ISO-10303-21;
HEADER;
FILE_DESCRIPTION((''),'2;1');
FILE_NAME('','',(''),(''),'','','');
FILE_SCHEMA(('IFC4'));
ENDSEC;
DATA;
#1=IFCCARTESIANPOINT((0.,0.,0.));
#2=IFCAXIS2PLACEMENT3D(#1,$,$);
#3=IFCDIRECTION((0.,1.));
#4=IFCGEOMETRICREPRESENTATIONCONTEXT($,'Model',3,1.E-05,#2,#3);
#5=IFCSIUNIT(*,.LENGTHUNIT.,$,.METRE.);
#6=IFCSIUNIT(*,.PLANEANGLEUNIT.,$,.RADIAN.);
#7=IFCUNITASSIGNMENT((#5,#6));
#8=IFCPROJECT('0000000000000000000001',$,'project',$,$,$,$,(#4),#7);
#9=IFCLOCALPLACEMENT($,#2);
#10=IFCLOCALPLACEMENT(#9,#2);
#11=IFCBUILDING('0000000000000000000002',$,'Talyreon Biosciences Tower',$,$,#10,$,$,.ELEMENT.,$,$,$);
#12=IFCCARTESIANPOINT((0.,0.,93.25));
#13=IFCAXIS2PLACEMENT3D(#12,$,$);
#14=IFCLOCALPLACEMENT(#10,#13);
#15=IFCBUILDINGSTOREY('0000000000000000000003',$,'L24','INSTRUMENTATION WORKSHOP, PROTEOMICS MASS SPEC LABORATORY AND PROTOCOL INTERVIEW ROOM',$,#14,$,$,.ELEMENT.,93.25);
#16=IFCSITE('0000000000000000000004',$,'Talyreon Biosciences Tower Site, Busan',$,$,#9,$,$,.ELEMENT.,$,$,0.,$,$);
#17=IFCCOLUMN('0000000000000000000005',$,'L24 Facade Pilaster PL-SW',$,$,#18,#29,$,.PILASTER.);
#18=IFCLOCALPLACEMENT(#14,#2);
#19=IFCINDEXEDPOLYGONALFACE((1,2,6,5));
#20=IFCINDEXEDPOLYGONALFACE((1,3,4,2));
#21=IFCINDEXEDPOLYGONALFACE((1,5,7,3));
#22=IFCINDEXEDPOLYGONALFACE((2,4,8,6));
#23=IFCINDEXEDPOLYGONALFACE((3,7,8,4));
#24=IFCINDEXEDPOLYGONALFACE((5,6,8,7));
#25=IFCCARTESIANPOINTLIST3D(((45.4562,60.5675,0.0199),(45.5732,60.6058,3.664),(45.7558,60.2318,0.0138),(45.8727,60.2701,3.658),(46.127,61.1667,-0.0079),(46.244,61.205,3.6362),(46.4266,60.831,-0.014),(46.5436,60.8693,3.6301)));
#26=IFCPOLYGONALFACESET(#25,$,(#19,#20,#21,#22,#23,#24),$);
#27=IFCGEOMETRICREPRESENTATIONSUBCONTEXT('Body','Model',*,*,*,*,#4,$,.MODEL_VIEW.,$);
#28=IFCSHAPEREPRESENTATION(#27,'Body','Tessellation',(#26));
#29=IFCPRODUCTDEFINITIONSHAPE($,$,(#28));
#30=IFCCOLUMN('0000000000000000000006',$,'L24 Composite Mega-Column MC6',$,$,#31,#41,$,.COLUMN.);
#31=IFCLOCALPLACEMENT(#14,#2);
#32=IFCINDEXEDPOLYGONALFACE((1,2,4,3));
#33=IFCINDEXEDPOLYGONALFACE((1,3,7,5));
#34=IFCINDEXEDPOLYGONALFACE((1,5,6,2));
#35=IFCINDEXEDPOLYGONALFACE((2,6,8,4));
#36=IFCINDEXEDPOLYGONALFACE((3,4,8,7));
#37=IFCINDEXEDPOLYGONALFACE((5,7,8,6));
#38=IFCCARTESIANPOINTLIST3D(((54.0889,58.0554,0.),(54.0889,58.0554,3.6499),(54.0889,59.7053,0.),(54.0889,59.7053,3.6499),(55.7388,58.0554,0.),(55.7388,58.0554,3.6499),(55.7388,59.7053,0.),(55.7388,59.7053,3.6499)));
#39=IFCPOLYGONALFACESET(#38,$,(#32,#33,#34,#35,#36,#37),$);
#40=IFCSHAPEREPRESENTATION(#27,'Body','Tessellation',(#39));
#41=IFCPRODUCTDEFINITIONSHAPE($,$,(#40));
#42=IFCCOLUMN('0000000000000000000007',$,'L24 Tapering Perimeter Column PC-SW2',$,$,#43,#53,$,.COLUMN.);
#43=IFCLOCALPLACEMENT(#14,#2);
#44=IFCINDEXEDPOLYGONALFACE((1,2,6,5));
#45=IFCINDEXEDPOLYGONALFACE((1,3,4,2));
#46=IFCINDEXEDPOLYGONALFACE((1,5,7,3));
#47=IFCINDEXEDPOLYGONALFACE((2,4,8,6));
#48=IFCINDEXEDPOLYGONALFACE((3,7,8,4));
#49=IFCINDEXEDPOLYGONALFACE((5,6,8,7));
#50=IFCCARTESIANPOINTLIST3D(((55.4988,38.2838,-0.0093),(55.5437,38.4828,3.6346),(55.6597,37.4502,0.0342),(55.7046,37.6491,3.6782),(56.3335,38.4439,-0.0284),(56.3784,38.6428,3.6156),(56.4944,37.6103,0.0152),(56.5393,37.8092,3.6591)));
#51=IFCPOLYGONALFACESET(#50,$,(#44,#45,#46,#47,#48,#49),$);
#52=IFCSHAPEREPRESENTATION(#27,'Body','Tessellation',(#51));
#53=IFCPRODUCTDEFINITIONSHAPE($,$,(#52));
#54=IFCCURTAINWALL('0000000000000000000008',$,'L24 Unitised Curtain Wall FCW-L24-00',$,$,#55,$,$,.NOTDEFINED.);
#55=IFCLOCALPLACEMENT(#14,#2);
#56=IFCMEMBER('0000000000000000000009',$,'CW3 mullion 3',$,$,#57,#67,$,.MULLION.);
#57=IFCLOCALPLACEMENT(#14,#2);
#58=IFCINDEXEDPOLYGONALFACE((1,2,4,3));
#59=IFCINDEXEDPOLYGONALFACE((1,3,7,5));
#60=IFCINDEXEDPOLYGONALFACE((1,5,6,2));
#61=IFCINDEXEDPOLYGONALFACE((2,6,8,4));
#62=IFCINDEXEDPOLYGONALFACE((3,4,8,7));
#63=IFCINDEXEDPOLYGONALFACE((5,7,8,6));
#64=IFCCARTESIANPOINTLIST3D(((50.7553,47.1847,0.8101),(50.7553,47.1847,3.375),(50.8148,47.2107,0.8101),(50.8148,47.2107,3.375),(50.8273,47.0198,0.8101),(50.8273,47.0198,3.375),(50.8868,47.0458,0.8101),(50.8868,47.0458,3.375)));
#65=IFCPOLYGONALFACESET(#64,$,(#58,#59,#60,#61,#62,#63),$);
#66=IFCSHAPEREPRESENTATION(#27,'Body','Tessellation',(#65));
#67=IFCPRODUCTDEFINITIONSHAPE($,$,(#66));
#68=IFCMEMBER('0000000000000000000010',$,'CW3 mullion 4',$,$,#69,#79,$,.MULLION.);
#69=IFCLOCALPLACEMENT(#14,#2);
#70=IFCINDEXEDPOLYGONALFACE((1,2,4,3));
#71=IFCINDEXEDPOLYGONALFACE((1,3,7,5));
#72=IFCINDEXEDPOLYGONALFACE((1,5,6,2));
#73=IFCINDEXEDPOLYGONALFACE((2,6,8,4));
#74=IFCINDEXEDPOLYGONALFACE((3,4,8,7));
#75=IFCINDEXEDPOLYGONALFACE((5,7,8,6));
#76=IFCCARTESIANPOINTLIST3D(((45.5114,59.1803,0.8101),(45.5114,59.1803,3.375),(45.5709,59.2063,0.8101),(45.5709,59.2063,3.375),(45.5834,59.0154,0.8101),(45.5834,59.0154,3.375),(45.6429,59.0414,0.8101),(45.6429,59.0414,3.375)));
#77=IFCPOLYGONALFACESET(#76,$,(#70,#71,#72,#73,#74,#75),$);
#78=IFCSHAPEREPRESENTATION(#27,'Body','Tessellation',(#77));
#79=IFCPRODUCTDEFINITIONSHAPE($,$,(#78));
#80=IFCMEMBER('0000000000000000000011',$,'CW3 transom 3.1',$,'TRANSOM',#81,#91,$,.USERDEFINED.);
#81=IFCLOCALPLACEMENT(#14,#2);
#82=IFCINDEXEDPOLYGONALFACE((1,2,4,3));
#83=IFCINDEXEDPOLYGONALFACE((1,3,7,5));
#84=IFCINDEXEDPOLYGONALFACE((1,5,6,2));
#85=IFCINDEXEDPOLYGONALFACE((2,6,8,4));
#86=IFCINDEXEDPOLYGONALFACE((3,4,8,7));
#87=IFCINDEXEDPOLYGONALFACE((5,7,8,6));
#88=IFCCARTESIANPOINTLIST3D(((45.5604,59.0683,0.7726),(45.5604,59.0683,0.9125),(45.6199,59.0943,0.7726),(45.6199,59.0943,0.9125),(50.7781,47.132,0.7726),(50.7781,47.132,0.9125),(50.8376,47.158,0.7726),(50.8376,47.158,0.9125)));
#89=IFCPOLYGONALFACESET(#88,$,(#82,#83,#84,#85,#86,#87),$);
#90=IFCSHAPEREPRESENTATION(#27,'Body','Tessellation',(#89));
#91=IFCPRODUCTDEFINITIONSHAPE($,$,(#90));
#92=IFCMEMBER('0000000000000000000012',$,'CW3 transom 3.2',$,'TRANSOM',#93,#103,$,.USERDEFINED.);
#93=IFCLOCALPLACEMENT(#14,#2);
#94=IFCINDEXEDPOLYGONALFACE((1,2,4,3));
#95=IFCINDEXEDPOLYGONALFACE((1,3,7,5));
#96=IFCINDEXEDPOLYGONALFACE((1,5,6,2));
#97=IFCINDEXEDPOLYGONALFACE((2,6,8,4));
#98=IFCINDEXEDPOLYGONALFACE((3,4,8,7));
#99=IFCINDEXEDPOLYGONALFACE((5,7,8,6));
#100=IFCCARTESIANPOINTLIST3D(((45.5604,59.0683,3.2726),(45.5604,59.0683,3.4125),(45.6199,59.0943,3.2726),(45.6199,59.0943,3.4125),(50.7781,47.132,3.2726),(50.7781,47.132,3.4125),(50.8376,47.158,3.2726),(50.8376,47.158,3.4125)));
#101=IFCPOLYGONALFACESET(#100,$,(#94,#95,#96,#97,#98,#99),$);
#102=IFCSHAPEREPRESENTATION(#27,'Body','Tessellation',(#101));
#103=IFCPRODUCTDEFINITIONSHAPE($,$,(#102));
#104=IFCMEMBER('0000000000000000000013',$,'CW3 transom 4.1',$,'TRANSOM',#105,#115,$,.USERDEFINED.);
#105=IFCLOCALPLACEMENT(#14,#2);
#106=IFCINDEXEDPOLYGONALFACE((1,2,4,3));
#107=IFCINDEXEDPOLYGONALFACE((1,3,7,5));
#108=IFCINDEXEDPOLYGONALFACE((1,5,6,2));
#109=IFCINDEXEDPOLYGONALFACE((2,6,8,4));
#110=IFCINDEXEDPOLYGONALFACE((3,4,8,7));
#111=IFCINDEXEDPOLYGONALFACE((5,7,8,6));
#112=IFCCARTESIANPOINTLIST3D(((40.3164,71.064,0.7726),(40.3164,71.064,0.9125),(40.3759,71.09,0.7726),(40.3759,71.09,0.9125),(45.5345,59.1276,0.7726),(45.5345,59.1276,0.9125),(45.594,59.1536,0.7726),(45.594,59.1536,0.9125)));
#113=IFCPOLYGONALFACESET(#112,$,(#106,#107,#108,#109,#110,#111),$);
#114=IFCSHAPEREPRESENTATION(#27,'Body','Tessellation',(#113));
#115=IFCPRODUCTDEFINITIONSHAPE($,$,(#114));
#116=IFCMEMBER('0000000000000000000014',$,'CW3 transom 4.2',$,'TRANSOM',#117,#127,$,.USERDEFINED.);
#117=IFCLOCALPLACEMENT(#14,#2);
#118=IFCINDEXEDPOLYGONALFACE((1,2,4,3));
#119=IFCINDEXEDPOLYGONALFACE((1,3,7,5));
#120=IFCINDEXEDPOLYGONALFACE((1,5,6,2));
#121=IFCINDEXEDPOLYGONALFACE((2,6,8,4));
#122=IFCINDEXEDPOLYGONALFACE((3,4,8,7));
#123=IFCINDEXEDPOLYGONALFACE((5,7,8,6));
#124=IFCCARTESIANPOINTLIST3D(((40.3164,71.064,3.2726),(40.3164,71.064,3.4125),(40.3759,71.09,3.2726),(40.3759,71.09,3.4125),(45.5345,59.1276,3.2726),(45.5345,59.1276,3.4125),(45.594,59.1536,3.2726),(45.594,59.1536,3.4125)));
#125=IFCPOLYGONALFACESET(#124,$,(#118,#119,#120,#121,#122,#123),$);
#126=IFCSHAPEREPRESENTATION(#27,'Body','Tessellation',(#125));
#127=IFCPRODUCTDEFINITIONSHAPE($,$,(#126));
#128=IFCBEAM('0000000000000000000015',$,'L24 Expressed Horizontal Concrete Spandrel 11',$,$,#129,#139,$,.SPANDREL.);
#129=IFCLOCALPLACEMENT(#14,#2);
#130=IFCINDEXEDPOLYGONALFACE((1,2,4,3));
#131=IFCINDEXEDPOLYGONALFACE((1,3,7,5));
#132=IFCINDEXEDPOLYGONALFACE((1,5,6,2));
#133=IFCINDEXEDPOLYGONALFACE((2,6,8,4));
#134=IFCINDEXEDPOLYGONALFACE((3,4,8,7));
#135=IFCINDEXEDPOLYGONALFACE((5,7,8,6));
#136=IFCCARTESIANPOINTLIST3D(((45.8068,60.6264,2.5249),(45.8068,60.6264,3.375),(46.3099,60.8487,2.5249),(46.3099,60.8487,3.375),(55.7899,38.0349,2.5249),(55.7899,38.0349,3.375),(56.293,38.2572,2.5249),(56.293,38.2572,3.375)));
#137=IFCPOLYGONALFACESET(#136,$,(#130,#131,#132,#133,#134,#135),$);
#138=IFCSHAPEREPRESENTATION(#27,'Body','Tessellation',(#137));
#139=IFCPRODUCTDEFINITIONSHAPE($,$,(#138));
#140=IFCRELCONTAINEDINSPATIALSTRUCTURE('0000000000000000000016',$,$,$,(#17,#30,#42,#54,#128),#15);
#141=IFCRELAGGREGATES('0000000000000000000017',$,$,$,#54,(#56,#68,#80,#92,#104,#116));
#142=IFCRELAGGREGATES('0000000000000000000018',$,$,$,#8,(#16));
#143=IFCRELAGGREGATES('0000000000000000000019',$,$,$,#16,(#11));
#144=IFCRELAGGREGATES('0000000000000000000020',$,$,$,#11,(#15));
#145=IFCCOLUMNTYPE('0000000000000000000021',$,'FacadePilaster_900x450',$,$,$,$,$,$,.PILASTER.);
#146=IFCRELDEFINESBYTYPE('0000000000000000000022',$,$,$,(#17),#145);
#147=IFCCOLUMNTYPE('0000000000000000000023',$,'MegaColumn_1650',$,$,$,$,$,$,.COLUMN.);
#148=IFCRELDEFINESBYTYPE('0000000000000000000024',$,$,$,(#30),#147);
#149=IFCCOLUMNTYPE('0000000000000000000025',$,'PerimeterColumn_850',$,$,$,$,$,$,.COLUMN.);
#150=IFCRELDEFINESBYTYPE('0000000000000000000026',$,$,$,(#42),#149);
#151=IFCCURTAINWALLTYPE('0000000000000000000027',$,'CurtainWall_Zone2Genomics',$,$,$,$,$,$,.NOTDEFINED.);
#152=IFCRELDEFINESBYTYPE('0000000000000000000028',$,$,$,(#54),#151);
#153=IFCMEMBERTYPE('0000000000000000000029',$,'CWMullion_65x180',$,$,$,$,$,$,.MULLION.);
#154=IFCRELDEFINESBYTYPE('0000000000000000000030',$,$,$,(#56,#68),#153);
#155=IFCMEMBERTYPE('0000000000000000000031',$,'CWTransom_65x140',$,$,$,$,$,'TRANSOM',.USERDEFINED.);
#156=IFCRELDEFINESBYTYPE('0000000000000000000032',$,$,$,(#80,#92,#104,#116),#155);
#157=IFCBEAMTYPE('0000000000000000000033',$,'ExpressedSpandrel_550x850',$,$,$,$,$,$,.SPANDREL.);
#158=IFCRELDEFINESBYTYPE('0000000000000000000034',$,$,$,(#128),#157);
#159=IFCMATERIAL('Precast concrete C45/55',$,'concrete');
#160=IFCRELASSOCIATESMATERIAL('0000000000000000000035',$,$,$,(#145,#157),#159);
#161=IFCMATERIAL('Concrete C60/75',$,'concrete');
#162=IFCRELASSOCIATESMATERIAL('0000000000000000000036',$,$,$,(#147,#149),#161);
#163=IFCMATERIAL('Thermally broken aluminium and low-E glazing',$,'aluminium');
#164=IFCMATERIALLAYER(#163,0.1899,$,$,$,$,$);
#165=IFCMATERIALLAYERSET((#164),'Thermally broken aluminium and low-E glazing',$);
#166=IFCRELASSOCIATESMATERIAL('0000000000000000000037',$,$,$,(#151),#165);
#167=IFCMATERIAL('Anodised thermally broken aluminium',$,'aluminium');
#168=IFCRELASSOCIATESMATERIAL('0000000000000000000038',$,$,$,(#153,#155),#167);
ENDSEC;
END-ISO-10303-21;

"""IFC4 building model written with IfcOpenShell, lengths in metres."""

from ifc_helpers import new_model, si_unit, direction, frame, origin, origin_2d, place, context, subcontext, project, spatial, rectangle, extrude, material, layer, layer_set, material_profile, profile_set, type_object, element, aggregate, save


model = new_model("IFC4")

# Units and contexts
model_context = context("Model", 3, precision=1e-05, world=origin(), true_north=direction((0.0, 1.0)))
body_context = subcontext(model_context, "Body", "Model", "MODEL_VIEW")
ifc_project = project(units=[si_unit("LENGTHUNIT", "METRE"), si_unit("PLANEANGLEUNIT", "RADIAN")], contexts=[model_context])

# Site, building, storey
site_placement = place(None, origin())
site = spatial("IfcSite", under=ifc_project, at=site_placement, Name="Talyreon Biosciences Tower Site, Busan", CompositionType="ELEMENT", RefElevation=0.0)
building_placement = place(site_placement, origin())
building = spatial("IfcBuilding", under=site, at=building_placement, Name="Talyreon Biosciences Tower", CompositionType="ELEMENT")
storey_placement = place(building_placement, frame((0.0, 0.0, 93.25)))
storey = spatial("IfcBuildingStorey", under=building, at=storey_placement, Name="L24", Description="INSTRUMENTATION WORKSHOP, PROTEOMICS MASS SPEC LABORATORY AND PROTOCOL INTERVIEW ROOM", CompositionType="ELEMENT", Elevation=93.25)

# Columns
ifc_material_1 = material(Name="Precast concrete C45/55", Category="concrete")
ifc_material_profile_1 = material_profile(ifc_material_1, rectangle(XDim=0.8999, YDim=0.45, at=origin_2d()), Name="RC 900x450")
ifc_profile_set_1 = profile_set([ifc_material_profile_1], Name="Precast concrete C45/55")
column_type_1 = type_object("IfcColumnType", Name="FacadePilaster_900x450", PredefinedType="PILASTER", material=ifc_profile_set_1)
column_1_placement = place(storey_placement, frame((45.9414, 60.6992, 0.0029), z_axis=(0.032073, 0.010513, 0.99943), x_axis=(0.745452, 0.665841, -0.030926)))
element("IfcColumn", 1, at=column_1_placement, inside=storey, type_object=column_type_1, Name="L24 Facade Pilaster PL-SW", PredefinedType="PILASTER", context=body_context, shape_type="SweptSolid", body=[
    extrude(rectangle(XDim=0.8999, YDim=0.45, at=origin_2d()), origin(), (0.0, 0.0, 1.0), 3.6462),
])
ifc_material_2 = material(Name="Concrete C60/75", Category="concrete")
ifc_material_profile_2 = material_profile(ifc_material_2, rectangle(XDim=1.6499, YDim=1.6499, at=origin_2d()), Name="RC 1650x1650")
ifc_profile_set_2 = profile_set([ifc_material_profile_2], Name="Concrete C60/75")
column_type_2 = type_object("IfcColumnType", Name="MegaColumn_1650", PredefinedType="COLUMN", material=ifc_profile_set_2)
column_2_placement = place(storey_placement, frame((54.9138, 58.8804, 0.0), z_axis=(0.0, 0.0, 1.0), x_axis=(1.0, 0.0, 0.0)))
element("IfcColumn", 2, at=column_2_placement, inside=storey, type_object=column_type_2, Name="L24 Composite Mega-Column MC6", PredefinedType="COLUMN", context=body_context, shape_type="SweptSolid", body=[
    extrude(rectangle(XDim=1.6499, YDim=1.6499, at=origin_2d()), origin(), (0.0, 0.0, 1.0), 3.6499),
])
ifc_material_profile_3 = material_profile(ifc_material_2, rectangle(XDim=0.8501, YDim=0.8501, at=origin_2d()), Name="RC 850x850")
ifc_profile_set_3 = profile_set([ifc_material_profile_3], Name="Concrete C60/75")
column_type_3 = type_object("IfcColumnType", Name="PerimeterColumn_850", PredefinedType="COLUMN", material=ifc_profile_set_3)
column_3_placement = place(storey_placement, frame((55.9966, 37.947, 0.0029), z_axis=(0.012308, 0.054517, 0.998437), x_axis=(-0.189236, 0.980595, -0.05121)))
element("IfcColumn", 3, at=column_3_placement, inside=storey, type_object=column_type_3, Name="L24 Tapering Perimeter Column PC-SW2", PredefinedType="COLUMN", context=body_context, shape_type="SweptSolid", body=[
    extrude(rectangle(XDim=0.8501, YDim=0.8501, at=origin_2d()), origin(), (0.0, 0.0, 1.0), 3.6497),
])

# Curtain wall, members
ifc_material_3 = material(Name="Thermally broken aluminium and low-E glazing", Category="aluminium")
ifc_layer_1 = layer(ifc_material_3, 0.1899)
ifc_layer_set_1 = layer_set([ifc_layer_1], Name="Thermally broken aluminium and low-E glazing")
curtain_wall_type = type_object("IfcCurtainWallType", Name="CurtainWall_Zone2Genomics", PredefinedType="NOTDEFINED", material=ifc_layer_set_1)
curtain_wall_placement = place(storey_placement, origin())
curtain_wall = element("IfcCurtainWall", 4, at=curtain_wall_placement, inside=storey, type_object=curtain_wall_type, Name="L24 Unitised Curtain Wall FCW-L24-00", PredefinedType="NOTDEFINED")
ifc_material_4 = material(Name="Anodised thermally broken aluminium", Category="aluminium")
ifc_material_profile_4 = material_profile(ifc_material_4, rectangle(XDim=0.0649, YDim=0.1799, at=origin_2d()), Name="ALUM MULLION 65x180")
ifc_profile_set_4 = profile_set([ifc_material_profile_4], Name="Anodised thermally broken aluminium")
member_type_1 = type_object("IfcMemberType", Name="CWMullion_65x180", PredefinedType="MULLION", material=ifc_profile_set_4)
member_1_placement = place(storey_placement, frame((50.821, 47.1152, 0.8101), z_axis=(0.0, 0.0, 1.0), x_axis=(-0.916278, -0.400542, 0.0)))
member_1 = element("IfcMember", 5, at=member_1_placement, type_object=member_type_1, Name="CW3 mullion 3", PredefinedType="MULLION", context=body_context, shape_type="SweptSolid", body=[
    extrude(rectangle(XDim=0.0649, YDim=0.1799, at=origin_2d()), origin(), (0.0, 0.0, 1.0), 2.5649),
])
member_2_placement = place(storey_placement, frame((45.5771, 59.1108, 0.8101), z_axis=(0.0, 0.0, 1.0), x_axis=(-0.916278, -0.400542, 0.0)))
member_2 = element("IfcMember", 6, at=member_2_placement, type_object=member_type_1, Name="CW3 mullion 4", PredefinedType="MULLION", context=body_context, shape_type="SweptSolid", body=[
    extrude(rectangle(XDim=0.0649, YDim=0.1799, at=origin_2d()), origin(), (0.0, 0.0, 1.0), 2.5649),
])
ifc_material_profile_5 = material_profile(ifc_material_4, rectangle(XDim=0.0649, YDim=0.1399, at=origin_2d()), Name="ALUM TRANSOM 65x140")
ifc_profile_set_5 = profile_set([ifc_material_profile_5], Name="Anodised thermally broken aluminium")
member_type_2 = type_object("IfcMemberType", Name="CWTransom_65x140", ElementType="TRANSOM", PredefinedType="USERDEFINED", material=ifc_profile_set_5)
member_3_placement = place(storey_placement, frame((50.8079, 47.145, 0.8425), z_axis=(-0.400539, 0.91628, 0.0), x_axis=(-0.91628, -0.400539, 0.0)))
member_3 = element("IfcMember", 7, at=member_3_placement, type_object=member_type_2, Name="CW3 transom 3.1", ObjectType="TRANSOM", PredefinedType="USERDEFINED", context=body_context, shape_type="SweptSolid", body=[
    extrude(rectangle(XDim=0.0649, YDim=0.1399, at=origin_2d()), origin(), (0.0, 0.0, 1.0), 13.0269),
])
member_4_placement = place(storey_placement, frame((50.8079, 47.145, 3.3425), z_axis=(-0.400539, 0.91628, 0.0), x_axis=(-0.91628, -0.400539, 0.0)))
member_4 = element("IfcMember", 8, at=member_4_placement, type_object=member_type_2, Name="CW3 transom 3.2", ObjectType="TRANSOM", PredefinedType="USERDEFINED", context=body_context, shape_type="SweptSolid", body=[
    extrude(rectangle(XDim=0.0649, YDim=0.1399, at=origin_2d()), origin(), (0.0, 0.0, 1.0), 13.0269),
])
member_5_placement = place(storey_placement, frame((45.5642, 59.1406, 0.8425), z_axis=(-0.400554, 0.916273, 0.0), x_axis=(-0.916273, -0.400554, 0.0)))
member_5 = element("IfcMember", 9, at=member_5_placement, type_object=member_type_2, Name="CW3 transom 4.1", ObjectType="TRANSOM", PredefinedType="USERDEFINED", context=body_context, shape_type="SweptSolid", body=[
    extrude(rectangle(XDim=0.0649, YDim=0.1399, at=origin_2d()), origin(), (0.0, 0.0, 1.0), 13.0271),
])
member_6_placement = place(storey_placement, frame((45.5642, 59.1406, 3.3425), z_axis=(-0.400554, 0.916273, 0.0), x_axis=(-0.916273, -0.400554, 0.0)))
member_6 = element("IfcMember", 10, at=member_6_placement, type_object=member_type_2, Name="CW3 transom 4.2", ObjectType="TRANSOM", PredefinedType="USERDEFINED", context=body_context, shape_type="SweptSolid", body=[
    extrude(rectangle(XDim=0.0649, YDim=0.1399, at=origin_2d()), origin(), (0.0, 0.0, 1.0), 13.0271),
])

# Beam
ifc_material_profile_6 = material_profile(ifc_material_1, rectangle(XDim=0.55, YDim=0.8501, at=origin_2d()), Name="RCB 550x850")
ifc_profile_set_6 = profile_set([ifc_material_profile_6], Name="Precast concrete C45/55")
beam_type_1 = type_object("IfcBeamType", Name="ExpressedSpandrel_550x850", PredefinedType="SPANDREL", material=ifc_profile_set_6)
beam_1_placement = place(storey_placement, frame((46.0583, 60.7375, 2.95), z_axis=(0.404192, -0.914674, 0.0), x_axis=(0.914674, 0.404192, 0.0)))
element("IfcBeam", 11, at=beam_1_placement, inside=storey, type_object=beam_type_1, Name="L24 Expressed Horizontal Concrete Spandrel 11", PredefinedType="SPANDREL", context=body_context, shape_type="SweptSolid", body=[
    extrude(rectangle(XDim=0.55, YDim=0.8501, at=origin_2d()), origin(), (0.0, 0.0, 1.0), 24.699),
])

aggregate(curtain_wall, [member_1, member_2, member_3, member_4, member_5, member_6])

save(model, "model.ifc")
